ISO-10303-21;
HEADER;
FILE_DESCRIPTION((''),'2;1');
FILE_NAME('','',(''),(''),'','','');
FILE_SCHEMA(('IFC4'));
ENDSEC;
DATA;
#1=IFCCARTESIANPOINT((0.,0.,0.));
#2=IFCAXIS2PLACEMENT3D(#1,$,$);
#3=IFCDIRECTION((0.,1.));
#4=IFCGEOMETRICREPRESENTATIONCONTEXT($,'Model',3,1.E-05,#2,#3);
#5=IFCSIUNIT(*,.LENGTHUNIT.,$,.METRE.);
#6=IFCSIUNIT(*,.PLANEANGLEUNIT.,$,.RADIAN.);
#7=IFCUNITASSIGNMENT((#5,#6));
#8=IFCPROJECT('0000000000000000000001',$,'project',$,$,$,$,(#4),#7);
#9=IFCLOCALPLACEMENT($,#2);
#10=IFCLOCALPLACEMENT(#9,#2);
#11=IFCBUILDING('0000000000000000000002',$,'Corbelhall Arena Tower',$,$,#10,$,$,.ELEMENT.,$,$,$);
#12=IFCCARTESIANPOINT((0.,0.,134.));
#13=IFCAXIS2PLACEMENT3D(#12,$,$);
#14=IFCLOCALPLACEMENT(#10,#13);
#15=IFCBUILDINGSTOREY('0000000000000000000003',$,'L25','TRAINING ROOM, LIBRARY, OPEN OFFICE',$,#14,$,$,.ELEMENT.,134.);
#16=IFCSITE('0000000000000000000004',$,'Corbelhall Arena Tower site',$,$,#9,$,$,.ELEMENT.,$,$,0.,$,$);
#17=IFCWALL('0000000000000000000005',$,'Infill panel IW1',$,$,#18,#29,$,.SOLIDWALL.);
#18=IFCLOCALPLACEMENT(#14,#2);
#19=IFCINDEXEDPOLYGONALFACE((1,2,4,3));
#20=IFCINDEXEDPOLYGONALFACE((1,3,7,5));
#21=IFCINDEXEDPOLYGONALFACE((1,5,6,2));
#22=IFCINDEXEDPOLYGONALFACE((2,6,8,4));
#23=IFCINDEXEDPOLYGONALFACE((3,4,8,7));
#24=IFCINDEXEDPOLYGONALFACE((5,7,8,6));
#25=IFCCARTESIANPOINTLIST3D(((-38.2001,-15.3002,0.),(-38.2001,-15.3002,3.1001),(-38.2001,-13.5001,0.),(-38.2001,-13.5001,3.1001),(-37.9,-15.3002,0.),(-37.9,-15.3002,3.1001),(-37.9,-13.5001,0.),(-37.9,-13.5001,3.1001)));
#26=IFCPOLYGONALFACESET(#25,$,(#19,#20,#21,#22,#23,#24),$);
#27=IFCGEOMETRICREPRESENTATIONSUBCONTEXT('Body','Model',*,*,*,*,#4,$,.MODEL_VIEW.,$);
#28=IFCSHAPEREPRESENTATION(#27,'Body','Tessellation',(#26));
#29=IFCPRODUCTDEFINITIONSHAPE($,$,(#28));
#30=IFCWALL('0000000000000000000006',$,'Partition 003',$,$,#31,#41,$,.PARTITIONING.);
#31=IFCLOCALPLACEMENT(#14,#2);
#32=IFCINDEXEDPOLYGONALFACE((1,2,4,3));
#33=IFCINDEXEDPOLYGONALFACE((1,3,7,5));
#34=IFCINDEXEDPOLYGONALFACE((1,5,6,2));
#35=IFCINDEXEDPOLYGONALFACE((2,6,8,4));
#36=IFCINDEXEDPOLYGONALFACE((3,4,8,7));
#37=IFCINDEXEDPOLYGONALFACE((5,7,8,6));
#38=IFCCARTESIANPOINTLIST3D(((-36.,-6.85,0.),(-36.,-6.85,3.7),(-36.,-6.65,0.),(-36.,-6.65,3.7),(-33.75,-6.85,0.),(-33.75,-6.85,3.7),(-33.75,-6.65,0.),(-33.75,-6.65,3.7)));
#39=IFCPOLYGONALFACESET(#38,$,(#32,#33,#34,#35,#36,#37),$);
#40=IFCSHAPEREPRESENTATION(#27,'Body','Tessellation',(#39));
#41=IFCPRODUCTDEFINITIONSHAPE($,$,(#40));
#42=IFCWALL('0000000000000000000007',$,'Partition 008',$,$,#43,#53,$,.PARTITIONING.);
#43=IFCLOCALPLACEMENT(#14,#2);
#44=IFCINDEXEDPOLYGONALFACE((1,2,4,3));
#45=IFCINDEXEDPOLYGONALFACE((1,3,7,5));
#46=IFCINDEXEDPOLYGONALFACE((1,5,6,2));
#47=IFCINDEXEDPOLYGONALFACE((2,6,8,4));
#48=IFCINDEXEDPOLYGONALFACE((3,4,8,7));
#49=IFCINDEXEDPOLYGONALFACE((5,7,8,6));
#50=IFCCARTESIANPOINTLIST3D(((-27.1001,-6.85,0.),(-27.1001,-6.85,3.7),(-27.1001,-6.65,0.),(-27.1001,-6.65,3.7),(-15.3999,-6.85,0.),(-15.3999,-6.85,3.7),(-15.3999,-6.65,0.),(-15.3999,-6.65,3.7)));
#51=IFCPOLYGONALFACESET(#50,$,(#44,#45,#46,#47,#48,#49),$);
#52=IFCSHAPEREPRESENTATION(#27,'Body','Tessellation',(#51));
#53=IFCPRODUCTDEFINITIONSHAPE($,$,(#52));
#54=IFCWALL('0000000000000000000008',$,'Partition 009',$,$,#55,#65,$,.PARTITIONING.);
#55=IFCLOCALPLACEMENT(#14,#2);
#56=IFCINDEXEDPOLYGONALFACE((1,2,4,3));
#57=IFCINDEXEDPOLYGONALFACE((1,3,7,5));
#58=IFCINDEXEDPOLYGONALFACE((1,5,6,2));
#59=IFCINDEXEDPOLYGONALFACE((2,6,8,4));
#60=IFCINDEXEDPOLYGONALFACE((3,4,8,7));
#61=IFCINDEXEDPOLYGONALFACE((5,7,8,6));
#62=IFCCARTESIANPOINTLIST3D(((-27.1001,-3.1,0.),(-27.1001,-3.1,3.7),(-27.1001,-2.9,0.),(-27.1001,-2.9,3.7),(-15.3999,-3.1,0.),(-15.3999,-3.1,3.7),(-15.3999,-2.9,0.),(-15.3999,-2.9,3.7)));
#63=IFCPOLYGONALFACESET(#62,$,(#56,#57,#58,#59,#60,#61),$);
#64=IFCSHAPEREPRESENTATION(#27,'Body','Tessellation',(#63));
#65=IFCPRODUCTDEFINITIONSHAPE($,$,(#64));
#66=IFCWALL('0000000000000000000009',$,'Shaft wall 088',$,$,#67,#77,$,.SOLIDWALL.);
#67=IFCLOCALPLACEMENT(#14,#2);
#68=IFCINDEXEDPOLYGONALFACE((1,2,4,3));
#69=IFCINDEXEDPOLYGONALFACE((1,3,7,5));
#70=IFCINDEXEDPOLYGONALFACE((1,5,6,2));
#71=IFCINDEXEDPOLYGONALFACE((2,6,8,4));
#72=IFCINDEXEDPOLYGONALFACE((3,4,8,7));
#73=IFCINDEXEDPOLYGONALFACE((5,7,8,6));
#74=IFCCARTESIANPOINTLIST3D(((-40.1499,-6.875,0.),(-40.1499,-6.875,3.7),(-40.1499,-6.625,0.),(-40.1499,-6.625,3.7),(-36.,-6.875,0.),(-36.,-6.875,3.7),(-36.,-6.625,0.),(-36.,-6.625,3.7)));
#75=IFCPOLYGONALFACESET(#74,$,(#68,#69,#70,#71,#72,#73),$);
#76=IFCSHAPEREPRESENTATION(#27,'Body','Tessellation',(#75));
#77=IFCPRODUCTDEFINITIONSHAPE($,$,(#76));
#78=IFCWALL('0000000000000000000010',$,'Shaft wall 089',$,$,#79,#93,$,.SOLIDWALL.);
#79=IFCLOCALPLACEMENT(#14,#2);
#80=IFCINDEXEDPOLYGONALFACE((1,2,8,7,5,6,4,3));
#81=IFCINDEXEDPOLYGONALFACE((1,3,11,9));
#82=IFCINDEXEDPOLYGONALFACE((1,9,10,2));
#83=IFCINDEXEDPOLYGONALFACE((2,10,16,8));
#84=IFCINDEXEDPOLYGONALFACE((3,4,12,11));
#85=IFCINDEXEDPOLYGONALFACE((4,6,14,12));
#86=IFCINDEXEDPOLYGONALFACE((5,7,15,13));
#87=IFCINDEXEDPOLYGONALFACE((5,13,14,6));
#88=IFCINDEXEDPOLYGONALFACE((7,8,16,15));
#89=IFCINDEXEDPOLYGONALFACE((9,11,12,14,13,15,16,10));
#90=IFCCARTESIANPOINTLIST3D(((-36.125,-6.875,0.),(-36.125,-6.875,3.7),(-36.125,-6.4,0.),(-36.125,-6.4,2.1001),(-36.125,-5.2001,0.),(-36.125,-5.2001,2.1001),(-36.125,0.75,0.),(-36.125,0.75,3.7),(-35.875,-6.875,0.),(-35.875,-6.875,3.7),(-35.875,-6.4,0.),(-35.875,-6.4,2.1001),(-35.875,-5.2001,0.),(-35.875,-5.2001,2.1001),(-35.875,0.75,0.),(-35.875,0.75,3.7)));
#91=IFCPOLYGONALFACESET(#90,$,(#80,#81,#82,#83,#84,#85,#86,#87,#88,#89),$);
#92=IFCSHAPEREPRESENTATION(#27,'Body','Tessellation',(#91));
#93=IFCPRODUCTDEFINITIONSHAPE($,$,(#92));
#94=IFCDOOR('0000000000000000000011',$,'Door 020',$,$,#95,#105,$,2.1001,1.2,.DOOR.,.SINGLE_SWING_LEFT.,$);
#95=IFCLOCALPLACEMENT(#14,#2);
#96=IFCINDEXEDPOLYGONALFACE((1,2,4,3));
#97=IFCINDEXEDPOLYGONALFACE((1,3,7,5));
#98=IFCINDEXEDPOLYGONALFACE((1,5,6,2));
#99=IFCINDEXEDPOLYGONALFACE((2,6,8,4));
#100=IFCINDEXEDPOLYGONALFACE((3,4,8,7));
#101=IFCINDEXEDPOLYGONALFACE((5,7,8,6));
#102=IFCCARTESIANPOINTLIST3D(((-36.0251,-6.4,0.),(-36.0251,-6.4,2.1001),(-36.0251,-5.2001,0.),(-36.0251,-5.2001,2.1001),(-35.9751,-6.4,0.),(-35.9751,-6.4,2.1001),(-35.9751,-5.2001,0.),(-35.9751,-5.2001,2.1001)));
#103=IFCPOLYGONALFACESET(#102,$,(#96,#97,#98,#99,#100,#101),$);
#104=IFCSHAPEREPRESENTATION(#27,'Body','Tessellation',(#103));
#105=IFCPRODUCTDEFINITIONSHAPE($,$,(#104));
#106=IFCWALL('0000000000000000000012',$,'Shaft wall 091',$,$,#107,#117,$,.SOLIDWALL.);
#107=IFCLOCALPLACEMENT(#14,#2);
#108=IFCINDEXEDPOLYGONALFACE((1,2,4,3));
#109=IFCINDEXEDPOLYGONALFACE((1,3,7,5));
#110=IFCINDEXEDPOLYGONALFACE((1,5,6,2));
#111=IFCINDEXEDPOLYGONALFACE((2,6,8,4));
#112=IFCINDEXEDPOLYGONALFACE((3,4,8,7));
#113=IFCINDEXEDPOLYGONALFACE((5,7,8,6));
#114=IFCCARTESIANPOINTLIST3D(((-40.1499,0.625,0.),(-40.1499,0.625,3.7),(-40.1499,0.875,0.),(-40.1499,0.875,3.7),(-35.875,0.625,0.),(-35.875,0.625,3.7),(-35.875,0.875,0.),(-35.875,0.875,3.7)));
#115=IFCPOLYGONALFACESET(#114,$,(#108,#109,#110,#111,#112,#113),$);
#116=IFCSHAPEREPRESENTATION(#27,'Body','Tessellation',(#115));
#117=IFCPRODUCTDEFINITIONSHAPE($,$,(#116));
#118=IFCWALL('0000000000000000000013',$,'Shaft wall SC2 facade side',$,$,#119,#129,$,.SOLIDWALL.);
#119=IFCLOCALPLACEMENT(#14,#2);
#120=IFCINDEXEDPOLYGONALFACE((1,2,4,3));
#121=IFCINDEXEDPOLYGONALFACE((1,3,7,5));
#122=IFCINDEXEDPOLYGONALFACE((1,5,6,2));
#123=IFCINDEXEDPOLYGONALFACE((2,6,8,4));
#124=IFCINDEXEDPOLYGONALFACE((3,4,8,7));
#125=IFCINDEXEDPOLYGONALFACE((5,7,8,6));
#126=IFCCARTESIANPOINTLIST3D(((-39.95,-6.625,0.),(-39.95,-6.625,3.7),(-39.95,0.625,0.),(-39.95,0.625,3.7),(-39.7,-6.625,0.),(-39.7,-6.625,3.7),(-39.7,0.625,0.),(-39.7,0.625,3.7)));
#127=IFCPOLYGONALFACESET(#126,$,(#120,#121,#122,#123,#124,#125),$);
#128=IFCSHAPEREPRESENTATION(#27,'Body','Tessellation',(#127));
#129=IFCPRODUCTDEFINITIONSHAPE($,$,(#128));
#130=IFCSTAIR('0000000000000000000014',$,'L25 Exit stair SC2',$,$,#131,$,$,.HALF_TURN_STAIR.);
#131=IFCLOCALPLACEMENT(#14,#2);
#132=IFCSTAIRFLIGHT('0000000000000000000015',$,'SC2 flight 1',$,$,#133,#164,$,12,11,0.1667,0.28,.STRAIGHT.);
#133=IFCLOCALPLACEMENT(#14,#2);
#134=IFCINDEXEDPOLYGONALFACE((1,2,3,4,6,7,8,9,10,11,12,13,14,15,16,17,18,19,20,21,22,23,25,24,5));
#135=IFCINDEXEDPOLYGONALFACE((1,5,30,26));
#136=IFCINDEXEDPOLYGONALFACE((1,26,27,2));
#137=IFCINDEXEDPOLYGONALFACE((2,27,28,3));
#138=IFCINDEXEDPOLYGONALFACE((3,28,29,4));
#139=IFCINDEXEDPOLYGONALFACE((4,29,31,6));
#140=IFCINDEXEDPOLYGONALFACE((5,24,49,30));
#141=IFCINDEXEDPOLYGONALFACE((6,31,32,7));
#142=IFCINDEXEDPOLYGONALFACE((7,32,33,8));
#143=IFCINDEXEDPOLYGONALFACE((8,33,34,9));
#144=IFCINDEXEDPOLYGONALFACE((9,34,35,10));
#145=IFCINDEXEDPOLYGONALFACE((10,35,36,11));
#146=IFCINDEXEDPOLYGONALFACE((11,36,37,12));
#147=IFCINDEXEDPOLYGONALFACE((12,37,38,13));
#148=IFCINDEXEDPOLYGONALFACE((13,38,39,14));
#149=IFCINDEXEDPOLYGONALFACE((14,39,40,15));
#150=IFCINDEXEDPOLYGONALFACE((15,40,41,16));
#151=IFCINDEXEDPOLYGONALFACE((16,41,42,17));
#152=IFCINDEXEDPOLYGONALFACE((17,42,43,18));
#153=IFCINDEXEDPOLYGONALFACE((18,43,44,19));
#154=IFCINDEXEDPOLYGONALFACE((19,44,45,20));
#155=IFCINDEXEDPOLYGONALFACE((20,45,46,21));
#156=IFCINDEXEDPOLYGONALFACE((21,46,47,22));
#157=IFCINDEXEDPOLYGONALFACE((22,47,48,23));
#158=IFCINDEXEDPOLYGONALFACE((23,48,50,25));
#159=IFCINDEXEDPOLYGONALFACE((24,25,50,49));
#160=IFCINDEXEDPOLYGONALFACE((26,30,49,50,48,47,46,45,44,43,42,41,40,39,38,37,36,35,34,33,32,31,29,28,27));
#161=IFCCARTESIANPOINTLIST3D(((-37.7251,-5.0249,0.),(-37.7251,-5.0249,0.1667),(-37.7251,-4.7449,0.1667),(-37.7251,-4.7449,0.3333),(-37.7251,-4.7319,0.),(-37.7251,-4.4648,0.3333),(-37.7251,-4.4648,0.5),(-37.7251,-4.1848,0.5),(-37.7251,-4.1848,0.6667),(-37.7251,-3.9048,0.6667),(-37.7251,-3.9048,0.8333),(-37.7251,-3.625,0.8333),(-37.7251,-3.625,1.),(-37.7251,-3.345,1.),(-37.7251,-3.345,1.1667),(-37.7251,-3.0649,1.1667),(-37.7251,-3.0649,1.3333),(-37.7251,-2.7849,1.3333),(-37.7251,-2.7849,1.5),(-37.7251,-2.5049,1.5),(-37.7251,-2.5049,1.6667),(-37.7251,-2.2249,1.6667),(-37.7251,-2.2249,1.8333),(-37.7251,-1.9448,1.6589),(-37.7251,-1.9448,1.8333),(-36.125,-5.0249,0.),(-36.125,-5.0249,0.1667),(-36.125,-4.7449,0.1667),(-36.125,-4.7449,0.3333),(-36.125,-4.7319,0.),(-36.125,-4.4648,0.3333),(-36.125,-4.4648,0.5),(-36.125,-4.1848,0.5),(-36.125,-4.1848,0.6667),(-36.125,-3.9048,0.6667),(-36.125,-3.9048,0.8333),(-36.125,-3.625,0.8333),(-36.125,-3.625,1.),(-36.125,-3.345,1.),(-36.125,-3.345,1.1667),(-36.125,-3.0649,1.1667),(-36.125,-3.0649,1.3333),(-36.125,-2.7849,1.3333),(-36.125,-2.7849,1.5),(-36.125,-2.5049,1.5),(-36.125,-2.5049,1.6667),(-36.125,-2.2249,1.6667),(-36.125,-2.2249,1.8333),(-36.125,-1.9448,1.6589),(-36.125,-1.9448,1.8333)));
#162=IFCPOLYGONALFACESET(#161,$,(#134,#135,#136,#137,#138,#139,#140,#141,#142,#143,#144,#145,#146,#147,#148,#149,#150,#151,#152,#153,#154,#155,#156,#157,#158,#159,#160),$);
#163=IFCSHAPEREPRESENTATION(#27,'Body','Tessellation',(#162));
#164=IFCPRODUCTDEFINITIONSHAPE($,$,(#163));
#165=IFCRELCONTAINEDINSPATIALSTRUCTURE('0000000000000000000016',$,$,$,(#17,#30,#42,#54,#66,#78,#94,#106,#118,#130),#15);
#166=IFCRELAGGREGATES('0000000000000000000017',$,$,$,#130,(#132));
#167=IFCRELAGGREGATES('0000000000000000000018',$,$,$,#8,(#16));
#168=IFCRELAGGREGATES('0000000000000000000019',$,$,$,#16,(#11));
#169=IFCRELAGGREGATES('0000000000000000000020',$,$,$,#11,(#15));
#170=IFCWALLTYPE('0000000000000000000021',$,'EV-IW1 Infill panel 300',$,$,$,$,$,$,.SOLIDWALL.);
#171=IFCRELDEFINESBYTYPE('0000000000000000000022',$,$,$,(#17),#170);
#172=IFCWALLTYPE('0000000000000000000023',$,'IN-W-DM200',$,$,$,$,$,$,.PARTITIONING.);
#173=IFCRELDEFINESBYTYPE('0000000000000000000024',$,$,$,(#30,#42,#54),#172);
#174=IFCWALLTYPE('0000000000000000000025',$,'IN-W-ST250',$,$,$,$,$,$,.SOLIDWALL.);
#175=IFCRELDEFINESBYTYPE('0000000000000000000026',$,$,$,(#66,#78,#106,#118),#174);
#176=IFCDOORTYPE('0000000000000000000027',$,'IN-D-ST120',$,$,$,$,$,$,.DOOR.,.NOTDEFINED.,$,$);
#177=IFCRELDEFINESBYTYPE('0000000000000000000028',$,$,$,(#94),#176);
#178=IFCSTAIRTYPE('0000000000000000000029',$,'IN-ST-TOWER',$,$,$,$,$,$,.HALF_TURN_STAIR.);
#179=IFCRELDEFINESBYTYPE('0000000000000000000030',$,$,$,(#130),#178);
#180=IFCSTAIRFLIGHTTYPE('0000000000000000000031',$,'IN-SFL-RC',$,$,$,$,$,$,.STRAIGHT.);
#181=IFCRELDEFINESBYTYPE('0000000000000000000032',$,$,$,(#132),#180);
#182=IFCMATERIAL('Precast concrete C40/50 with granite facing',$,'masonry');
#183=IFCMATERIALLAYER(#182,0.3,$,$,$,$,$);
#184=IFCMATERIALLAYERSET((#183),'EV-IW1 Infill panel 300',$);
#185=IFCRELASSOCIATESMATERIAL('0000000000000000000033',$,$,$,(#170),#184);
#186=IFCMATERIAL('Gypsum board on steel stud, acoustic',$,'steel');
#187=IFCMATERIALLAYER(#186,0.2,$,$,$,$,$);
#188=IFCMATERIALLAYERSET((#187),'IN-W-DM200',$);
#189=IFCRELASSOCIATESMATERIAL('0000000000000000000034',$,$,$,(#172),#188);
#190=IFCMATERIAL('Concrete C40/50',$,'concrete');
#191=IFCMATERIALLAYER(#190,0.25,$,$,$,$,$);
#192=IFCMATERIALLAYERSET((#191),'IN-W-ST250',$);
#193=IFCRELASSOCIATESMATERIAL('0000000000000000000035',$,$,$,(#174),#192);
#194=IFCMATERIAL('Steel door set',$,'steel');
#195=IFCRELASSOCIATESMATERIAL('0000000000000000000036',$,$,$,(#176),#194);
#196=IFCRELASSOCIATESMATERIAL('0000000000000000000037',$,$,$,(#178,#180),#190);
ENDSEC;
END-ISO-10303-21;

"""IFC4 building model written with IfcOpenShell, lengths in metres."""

from ifc_helpers import new_model, si_unit, direction, frame, frame_2d, origin, place, context, subcontext, project, spatial, polyline, rectangle, outline, extrude, material, layer, layer_set, type_object, element, fill, aggregate, save


model = new_model("IFC4")

# Units and contexts
model_context = context("Model", 3, precision=1e-05, world=origin(), true_north=direction((0.0, 1.0)))
body_context = subcontext(model_context, "Body", "Model", "MODEL_VIEW")
ifc_project = project(units=[si_unit("LENGTHUNIT", "METRE"), si_unit("PLANEANGLEUNIT", "RADIAN")], contexts=[model_context])

# Site, building, storey
site_placement = place(None, origin())
site = spatial("IfcSite", under=ifc_project, at=site_placement, Name="Corbelhall Arena Tower site", CompositionType="ELEMENT", RefElevation=0.0)
building_placement = place(site_placement, origin())
building = spatial("IfcBuilding", under=site, at=building_placement, Name="Corbelhall Arena Tower", CompositionType="ELEMENT")
storey_placement = place(building_placement, frame((0.0, 0.0, 134.0)))
storey = spatial("IfcBuildingStorey", under=building, at=storey_placement, Name="L25", Description="TRAINING ROOM, LIBRARY, OPEN OFFICE", CompositionType="ELEMENT", Elevation=134.0)

# Wall
ifc_material_1 = material(Name="Precast concrete C40/50 with granite facing", Category="masonry")
ifc_layer_1 = layer(ifc_material_1, 0.3)
ifc_layer_set_1 = layer_set([ifc_layer_1], Name="EV-IW1 Infill panel 300")
wall_type_1 = type_object("IfcWallType", Name="EV-IW1 Infill panel 300", PredefinedType="SOLIDWALL", material=ifc_layer_set_1)
wall_1_placement = place(storey_placement, frame((-38.05, -15.3, 0.0), z_axis=(0.0, 0.0, 1.0), x_axis=(0.0, 1.0, 0.0)))
element("IfcWall", 1, at=wall_1_placement, inside=storey, type_object=wall_type_1, Name="Infill panel IW1", PredefinedType="SOLIDWALL", context=body_context, shape_type="SweptSolid", body=[
    extrude(rectangle(XDim=1.8, YDim=0.3, at=frame_2d((0.8999, 0.0))), origin(), (0.0, 0.0, 1.0), 3.1001),
])

# Walls
ifc_material_2 = material(Name="Gypsum board on steel stud, acoustic", Category="steel")
ifc_layer_2 = layer(ifc_material_2, 0.2)
ifc_layer_set_2 = layer_set([ifc_layer_2], Name="IN-W-DM200")
wall_type_2 = type_object("IfcWallType", Name="IN-W-DM200", PredefinedType="PARTITIONING", material=ifc_layer_set_2)
wall_2_placement = place(storey_placement, frame((-33.75, -6.75, 0.0), z_axis=(0.0, 0.0, 1.0), x_axis=(-1.0, 0.0, 0.0)))
element("IfcWall", 2, at=wall_2_placement, inside=storey, type_object=wall_type_2, Name="Partition 003", PredefinedType="PARTITIONING", context=body_context, shape_type="SweptSolid", body=[
    extrude(rectangle(XDim=2.25, YDim=0.2, at=frame_2d((1.125, 0.0))), origin(), (0.0, 0.0, 1.0), 3.7),
])
for number, where, z_axis, x_axis, name in (
    (3, (-27.1001, -6.75, 0.0), (0.0, 0.0, 1.0), (1.0, 0.0, 0.0), "Partition 008"),
    (4, (-27.1001, -3.0, 0.0), (0.0, 0.0, 1.0), (1.0, 0.0, 0.0), "Partition 009"),
):
    element("IfcWall", number, at=place(storey_placement, frame(where, z_axis=z_axis, x_axis=x_axis)), inside=storey, type_object=wall_type_2, Name=name, PredefinedType="PARTITIONING", context=body_context, shape_type="SweptSolid", body=[
        extrude(rectangle(XDim=11.7002, YDim=0.2, at=frame_2d((5.8501, 0.0))), origin(), (0.0, 0.0, 1.0), 3.7),
    ])
ifc_material_3 = material(Name="Concrete C40/50", Category="concrete")
ifc_layer_3 = layer(ifc_material_3, 0.25)
ifc_layer_set_3 = layer_set([ifc_layer_3], Name="IN-W-ST250")
wall_type_3 = type_object("IfcWallType", Name="IN-W-ST250", PredefinedType="SOLIDWALL", material=ifc_layer_set_3)
wall_3_placement = place(storey_placement, frame((-36.0, -6.75, 0.0), z_axis=(0.0, 0.0, 1.0), x_axis=(-1.0, 0.0, 0.0)))
element("IfcWall", 5, at=wall_3_placement, inside=storey, type_object=wall_type_3, Name="Shaft wall 088", PredefinedType="SOLIDWALL", context=body_context, shape_type="SweptSolid", body=[
    extrude(rectangle(XDim=4.1499, YDim=0.25, at=frame_2d((2.075, 0.0))), origin(), (0.0, 0.0, 1.0), 3.7),
])

# Wall, opening, door
wall_4_placement = place(storey_placement, frame((-36.0, 0.75, 0.0), z_axis=(0.0, 0.0, 1.0), x_axis=(0.0, -1.0, 0.0)))
wall_4 = element("IfcWall", 6, at=wall_4_placement, inside=storey, type_object=wall_type_3, Name="Shaft wall 089", PredefinedType="SOLIDWALL", context=body_context, shape_type="SweptSolid", body=[
    extrude(rectangle(XDim=7.625, YDim=0.25, at=frame_2d((3.8125, 0.0))), origin(), (0.0, 0.0, 1.0), 3.7),
])
opening_1_placement = place(wall_4_placement, frame((5.95, 0.0, 0.0)))
opening_1 = element("IfcOpeningElement", 7, at=opening_1_placement, cuts=wall_4, PredefinedType="OPENING", context=body_context, shape_type="SweptSolid", body=[
    extrude(rectangle(XDim=1.2, YDim=2.1001, at=frame_2d((0.6001, 1.05))), frame((0.0, 0.125, 0.0), z_axis=(0.0, -1.0, 0.0), x_axis=(1.0, 0.0, 0.0)), (0.0, 0.0, 1.0), 0.25),
])
ifc_material_4 = material(Name="Steel door set", Category="steel")
door_type = type_object("IfcDoorType", Name="IN-D-ST120", OperationType="NOTDEFINED", PredefinedType="DOOR", material=ifc_material_4)
door_placement = place(opening_1_placement, origin())
door = element("IfcDoor", 8, at=door_placement, inside=storey, type_object=door_type, Name="Door 020", OperationType="SINGLE_SWING_LEFT", OverallHeight=2.1001, OverallWidth=1.2, PredefinedType="DOOR", context=body_context, shape_type="SweptSolid", body=[
    extrude(rectangle(XDim=1.2, YDim=2.1001, at=frame_2d((0.6001, 1.05))), frame((0.0, 0.0249, 0.0), z_axis=(0.0, -1.0, 0.0), x_axis=(1.0, 0.0, 0.0)), (0.0, 0.0, 1.0), 0.05),
])
fill(opening_1, door)

# Walls
wall_5_placement = place(storey_placement, frame((-35.875, 0.75, 0.0), z_axis=(0.0, 0.0, 1.0), x_axis=(-1.0, 0.0, 0.0)))
element("IfcWall", 9, at=wall_5_placement, inside=storey, type_object=wall_type_3, Name="Shaft wall 091", PredefinedType="SOLIDWALL", context=body_context, shape_type="SweptSolid", body=[
    extrude(rectangle(XDim=4.2749, YDim=0.25, at=frame_2d((2.1375, 0.0))), origin(), (0.0, 0.0, 1.0), 3.7),
])
wall_6_placement = place(storey_placement, frame((-39.825, -6.625, 0.0), z_axis=(0.0, 0.0, 1.0), x_axis=(0.0, 1.0, 0.0)))
element("IfcWall", 10, at=wall_6_placement, inside=storey, type_object=wall_type_3, Name="Shaft wall SC2 facade side", PredefinedType="SOLIDWALL", context=body_context, shape_type="SweptSolid", body=[
    extrude(rectangle(XDim=7.25, YDim=0.25, at=frame_2d((3.625, 0.0))), origin(), (0.0, 0.0, 1.0), 3.7),
])

# Stair, stair flight
stair_type = type_object("IfcStairType", Name="IN-ST-TOWER", PredefinedType="HALF_TURN_STAIR", material=ifc_material_3)
stair_placement = place(storey_placement, origin())
stair = element("IfcStair", 11, at=stair_placement, inside=storey, type_object=stair_type, Name="L25 Exit stair SC2", PredefinedType="HALF_TURN_STAIR")
stair_flight_type = type_object("IfcStairFlightType", Name="IN-SFL-RC", PredefinedType="STRAIGHT", material=ifc_material_3)
stair_flight_1_placement = place(storey_placement, frame((-36.925, -5.0249, 0.0), z_axis=(0.0, 0.0, 1.0), x_axis=(0.0, 1.0, 0.0)))
stair_flight_1 = element("IfcStairFlight", 12, at=stair_flight_1_placement, type_object=stair_flight_type, Name="SC2 flight 1", NumberOfRisers=12, NumberOfTreads=11, PredefinedType="STRAIGHT", RiserHeight=0.1667, TreadLength=0.28, context=body_context, shape_type="SweptSolid", body=[
    extrude(outline(polyline([(0.0, 0.0), (0.0, 0.1667), (0.28, 0.1667), (0.28, 0.3333), (0.5601, 0.3333), (0.5601, 0.5), (0.8401, 0.5), (0.8401, 0.6667), (1.1201, 0.6667), (1.1201, 0.8333), (1.3999, 0.8333), (1.3999, 1.0), (1.6799, 1.0), (1.6799, 1.1667), (1.96, 1.1667), (1.96, 1.3333), (2.24, 1.3333), (2.24, 1.5), (2.52, 1.5), (2.52, 1.6667), (2.8, 1.6667), (2.8, 1.8333), (3.0801, 1.8333), (3.0801, 2.0), (3.0801, 1.6589), (0.293, 0.0), (0.0, 0.0)])), frame((0.0, 0.8, 0.0), z_axis=(0.0, -1.0, 0.0), x_axis=(1.0, 0.0, 0.0)), (0.0, 0.0, 1.0), 1.6001),
])
aggregate(stair, [stair_flight_1])

save(model, "model.ifc")
